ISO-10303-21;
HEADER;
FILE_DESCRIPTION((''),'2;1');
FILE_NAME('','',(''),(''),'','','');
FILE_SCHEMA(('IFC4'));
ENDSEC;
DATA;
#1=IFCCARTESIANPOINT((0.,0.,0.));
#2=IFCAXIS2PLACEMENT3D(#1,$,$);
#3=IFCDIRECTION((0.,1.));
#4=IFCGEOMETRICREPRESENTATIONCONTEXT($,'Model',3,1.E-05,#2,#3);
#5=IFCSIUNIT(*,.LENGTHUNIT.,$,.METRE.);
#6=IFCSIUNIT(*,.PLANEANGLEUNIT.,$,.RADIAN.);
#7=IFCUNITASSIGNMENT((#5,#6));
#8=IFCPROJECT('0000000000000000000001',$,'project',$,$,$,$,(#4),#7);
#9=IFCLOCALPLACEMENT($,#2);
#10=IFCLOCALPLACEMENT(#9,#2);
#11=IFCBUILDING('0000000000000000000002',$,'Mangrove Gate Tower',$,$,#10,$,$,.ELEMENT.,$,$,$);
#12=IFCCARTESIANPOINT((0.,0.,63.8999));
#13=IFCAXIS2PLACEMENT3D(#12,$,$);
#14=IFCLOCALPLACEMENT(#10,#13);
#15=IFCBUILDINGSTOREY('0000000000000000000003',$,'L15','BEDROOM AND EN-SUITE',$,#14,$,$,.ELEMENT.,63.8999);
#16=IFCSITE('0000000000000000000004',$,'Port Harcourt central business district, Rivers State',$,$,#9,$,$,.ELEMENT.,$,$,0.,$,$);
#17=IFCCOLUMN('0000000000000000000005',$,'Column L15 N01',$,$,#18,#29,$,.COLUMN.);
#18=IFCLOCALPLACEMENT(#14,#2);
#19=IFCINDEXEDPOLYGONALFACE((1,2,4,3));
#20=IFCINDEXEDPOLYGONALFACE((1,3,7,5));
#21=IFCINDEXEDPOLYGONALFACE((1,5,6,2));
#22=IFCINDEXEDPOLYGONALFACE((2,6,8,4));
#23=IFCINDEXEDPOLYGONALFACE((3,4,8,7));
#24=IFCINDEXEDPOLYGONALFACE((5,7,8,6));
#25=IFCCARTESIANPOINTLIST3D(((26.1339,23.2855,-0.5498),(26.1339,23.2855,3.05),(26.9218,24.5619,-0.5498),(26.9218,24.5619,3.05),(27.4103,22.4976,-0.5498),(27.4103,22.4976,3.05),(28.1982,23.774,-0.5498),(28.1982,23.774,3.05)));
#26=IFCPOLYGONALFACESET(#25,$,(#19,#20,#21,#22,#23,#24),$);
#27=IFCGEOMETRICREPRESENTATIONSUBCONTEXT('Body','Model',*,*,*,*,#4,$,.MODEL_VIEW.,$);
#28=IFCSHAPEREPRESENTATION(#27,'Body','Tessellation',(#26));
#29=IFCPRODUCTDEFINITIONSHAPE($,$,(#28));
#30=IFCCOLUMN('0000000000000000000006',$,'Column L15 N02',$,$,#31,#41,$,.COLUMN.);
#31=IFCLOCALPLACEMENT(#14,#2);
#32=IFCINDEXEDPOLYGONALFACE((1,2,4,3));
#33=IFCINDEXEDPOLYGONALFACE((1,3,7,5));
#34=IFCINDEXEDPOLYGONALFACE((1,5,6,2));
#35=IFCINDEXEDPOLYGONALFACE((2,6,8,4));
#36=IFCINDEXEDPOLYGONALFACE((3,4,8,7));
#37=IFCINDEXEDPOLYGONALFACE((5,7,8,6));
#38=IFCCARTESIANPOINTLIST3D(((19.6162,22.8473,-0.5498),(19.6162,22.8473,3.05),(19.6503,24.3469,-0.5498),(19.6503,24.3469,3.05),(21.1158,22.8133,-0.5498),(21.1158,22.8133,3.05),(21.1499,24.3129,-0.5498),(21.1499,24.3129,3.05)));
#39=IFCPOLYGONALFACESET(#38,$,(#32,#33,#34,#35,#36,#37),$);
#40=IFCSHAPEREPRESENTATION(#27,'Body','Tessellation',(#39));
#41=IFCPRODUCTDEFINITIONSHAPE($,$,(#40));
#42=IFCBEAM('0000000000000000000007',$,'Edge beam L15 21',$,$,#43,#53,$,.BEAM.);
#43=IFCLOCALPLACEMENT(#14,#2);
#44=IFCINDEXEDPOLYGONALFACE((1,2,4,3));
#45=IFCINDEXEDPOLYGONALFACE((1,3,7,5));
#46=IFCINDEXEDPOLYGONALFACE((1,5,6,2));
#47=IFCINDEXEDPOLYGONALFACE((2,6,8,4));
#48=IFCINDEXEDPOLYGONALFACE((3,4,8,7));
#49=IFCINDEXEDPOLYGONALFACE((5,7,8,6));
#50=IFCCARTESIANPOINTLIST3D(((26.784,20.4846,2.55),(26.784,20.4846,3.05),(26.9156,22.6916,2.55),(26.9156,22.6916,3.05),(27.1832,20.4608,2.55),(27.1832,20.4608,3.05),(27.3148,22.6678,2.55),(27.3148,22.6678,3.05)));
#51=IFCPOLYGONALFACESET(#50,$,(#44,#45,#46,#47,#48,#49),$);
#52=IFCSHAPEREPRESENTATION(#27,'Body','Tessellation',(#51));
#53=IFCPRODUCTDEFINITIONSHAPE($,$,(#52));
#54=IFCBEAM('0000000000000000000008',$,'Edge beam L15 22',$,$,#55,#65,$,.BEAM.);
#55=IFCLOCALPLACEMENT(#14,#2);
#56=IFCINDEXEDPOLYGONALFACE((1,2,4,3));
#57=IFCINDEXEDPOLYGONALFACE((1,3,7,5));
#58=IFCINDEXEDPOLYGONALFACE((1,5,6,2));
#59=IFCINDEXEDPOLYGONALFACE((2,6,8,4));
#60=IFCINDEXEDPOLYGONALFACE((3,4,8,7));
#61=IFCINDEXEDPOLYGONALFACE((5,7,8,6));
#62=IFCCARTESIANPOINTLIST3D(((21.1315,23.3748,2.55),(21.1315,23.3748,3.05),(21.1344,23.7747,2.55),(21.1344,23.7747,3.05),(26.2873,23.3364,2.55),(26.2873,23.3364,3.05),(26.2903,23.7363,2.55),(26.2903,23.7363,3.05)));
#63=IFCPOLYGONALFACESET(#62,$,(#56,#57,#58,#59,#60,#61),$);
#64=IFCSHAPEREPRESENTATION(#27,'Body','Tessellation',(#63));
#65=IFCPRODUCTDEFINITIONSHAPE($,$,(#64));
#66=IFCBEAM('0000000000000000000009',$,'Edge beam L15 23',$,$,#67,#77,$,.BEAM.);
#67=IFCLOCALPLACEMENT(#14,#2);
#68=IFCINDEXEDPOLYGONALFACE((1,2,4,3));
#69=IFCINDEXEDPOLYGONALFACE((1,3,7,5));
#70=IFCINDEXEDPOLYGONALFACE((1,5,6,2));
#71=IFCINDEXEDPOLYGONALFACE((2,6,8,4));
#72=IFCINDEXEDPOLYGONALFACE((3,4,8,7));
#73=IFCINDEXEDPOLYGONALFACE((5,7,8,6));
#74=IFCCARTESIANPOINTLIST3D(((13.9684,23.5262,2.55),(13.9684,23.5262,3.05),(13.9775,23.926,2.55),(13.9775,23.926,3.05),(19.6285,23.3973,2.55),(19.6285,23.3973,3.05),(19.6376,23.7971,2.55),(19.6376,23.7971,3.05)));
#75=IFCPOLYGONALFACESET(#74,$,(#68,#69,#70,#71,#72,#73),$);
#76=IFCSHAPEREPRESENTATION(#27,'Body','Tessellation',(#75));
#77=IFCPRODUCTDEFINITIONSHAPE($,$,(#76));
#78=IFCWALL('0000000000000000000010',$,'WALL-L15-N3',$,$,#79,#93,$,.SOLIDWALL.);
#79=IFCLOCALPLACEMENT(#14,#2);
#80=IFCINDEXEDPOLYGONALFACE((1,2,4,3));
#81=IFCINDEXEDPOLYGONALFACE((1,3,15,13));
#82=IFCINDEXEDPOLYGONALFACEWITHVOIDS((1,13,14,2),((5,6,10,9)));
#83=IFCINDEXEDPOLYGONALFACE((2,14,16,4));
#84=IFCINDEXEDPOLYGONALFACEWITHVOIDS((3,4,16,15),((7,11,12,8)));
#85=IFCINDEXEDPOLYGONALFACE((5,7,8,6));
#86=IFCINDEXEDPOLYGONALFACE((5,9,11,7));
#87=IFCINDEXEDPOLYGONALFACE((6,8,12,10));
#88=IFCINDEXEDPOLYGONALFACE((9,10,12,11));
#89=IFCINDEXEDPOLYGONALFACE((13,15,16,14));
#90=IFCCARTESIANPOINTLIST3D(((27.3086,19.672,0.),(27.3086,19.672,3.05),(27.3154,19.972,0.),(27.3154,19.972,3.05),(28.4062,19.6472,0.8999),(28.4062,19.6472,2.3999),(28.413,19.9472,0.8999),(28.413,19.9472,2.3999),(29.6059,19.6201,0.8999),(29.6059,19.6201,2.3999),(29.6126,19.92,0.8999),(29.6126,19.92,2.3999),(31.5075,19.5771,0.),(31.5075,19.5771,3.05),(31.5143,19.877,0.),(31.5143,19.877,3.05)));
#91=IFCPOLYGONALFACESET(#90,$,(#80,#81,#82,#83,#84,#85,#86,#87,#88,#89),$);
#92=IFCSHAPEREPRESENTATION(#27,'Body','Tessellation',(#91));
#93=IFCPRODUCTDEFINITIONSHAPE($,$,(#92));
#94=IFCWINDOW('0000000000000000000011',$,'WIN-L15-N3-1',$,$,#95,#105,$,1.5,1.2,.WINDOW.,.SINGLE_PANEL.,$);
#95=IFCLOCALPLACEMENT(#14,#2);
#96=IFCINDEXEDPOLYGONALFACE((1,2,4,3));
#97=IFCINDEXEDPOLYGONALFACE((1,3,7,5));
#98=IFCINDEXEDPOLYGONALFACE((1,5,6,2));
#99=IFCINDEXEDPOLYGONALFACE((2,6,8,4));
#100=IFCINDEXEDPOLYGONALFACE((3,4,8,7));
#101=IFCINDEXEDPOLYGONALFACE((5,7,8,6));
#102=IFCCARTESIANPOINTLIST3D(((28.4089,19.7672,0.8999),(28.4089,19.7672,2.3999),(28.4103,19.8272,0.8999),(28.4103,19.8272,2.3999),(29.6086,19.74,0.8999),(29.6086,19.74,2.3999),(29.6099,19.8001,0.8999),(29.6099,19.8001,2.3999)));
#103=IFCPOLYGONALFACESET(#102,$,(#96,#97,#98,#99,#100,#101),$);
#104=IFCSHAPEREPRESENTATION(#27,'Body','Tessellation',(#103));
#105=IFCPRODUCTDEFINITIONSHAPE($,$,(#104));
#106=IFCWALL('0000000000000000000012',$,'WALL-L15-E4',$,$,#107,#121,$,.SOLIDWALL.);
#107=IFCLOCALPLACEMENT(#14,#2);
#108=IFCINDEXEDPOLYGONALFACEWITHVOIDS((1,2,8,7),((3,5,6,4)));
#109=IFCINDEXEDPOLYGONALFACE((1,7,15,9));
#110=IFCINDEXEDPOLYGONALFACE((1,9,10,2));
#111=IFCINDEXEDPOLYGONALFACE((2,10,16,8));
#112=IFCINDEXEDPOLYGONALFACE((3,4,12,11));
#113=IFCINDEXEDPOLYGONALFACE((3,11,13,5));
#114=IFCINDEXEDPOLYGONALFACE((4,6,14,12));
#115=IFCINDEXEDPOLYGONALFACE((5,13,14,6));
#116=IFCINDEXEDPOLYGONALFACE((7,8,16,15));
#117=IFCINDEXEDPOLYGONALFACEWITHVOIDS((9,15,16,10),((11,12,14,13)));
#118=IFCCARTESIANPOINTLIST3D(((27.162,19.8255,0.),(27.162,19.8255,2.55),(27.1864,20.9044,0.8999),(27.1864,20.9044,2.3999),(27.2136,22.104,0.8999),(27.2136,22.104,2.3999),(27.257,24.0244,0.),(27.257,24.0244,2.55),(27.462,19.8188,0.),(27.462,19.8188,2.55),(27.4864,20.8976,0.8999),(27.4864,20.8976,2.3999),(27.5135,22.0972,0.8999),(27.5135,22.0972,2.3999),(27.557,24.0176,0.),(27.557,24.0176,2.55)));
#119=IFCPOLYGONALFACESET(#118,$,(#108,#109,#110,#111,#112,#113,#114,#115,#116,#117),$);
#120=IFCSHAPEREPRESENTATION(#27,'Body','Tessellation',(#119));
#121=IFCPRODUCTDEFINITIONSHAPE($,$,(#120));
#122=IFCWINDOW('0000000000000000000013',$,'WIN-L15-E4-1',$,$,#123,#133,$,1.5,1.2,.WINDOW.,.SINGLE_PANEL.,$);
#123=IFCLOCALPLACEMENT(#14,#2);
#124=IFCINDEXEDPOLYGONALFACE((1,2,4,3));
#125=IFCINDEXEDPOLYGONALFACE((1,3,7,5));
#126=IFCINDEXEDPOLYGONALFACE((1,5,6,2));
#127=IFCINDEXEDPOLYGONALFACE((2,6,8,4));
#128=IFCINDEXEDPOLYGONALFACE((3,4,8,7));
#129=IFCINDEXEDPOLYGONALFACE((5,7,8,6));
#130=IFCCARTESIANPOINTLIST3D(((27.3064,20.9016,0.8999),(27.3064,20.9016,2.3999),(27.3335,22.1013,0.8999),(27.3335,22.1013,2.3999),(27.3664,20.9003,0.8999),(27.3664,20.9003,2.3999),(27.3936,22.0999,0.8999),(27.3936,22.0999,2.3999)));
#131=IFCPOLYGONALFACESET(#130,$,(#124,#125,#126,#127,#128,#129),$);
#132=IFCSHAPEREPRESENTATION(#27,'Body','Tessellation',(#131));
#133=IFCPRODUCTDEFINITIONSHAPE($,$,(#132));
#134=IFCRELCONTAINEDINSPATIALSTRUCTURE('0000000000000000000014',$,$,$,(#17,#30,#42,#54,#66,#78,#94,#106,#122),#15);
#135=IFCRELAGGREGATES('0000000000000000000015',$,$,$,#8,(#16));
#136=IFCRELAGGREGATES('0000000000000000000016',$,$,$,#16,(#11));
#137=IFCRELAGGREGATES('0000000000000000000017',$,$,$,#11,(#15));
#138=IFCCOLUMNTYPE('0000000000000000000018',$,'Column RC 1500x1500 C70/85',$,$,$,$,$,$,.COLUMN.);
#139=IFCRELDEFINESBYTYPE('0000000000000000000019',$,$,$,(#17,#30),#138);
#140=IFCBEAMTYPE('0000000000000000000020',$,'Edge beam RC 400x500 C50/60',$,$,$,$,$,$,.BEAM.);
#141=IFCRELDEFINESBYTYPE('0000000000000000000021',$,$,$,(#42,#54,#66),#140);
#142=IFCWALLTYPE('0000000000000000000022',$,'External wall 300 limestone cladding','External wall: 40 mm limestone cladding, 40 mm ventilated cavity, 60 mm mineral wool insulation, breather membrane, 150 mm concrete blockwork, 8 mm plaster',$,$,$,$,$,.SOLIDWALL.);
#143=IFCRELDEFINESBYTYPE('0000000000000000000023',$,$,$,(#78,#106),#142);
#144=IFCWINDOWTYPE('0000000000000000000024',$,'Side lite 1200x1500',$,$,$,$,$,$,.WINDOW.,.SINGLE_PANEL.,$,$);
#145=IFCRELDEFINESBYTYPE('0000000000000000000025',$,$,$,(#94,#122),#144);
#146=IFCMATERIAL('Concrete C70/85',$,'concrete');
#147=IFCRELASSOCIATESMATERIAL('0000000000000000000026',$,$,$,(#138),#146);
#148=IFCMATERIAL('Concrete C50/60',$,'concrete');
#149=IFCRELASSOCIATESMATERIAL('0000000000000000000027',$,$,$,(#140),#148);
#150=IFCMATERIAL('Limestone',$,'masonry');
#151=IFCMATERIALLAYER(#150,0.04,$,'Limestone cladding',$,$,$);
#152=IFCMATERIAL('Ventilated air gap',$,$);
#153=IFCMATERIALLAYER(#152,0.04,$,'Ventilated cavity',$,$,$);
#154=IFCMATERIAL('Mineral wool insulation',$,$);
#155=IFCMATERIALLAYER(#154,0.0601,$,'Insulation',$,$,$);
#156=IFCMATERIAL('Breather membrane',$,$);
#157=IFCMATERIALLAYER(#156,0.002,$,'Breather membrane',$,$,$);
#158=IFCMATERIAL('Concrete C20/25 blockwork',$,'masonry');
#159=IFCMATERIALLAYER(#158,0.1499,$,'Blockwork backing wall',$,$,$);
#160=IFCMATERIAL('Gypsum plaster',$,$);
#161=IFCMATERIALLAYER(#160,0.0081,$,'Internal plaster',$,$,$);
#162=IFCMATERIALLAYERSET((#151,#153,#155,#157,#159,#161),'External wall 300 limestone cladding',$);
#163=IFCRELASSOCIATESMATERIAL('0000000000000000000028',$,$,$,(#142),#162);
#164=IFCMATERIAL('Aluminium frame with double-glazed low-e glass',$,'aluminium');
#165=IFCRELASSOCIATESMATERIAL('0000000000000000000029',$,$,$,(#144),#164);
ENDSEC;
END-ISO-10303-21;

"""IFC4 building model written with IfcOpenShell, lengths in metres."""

from ifc_helpers import new_model, si_unit, direction, frame, frame_2d, origin, origin_2d, place, context, subcontext, project, spatial, rectangle, extrude, material, layer, layer_set, material_profile, profile_set, type_object, element, fill, save


model = new_model("IFC4")

# Units and contexts
model_context = context("Model", 3, precision=1e-05, world=origin(), true_north=direction((0.0, 1.0)))
body_context = subcontext(model_context, "Body", "Model", "MODEL_VIEW")
ifc_project = project(units=[si_unit("LENGTHUNIT", "METRE"), si_unit("PLANEANGLEUNIT", "RADIAN")], contexts=[model_context])

# Site, building, storey
site_placement = place(None, origin())
site = spatial("IfcSite", under=ifc_project, at=site_placement, Name="Port Harcourt central business district, Rivers State", CompositionType="ELEMENT", RefElevation=0.0)
building_placement = place(site_placement, origin())
building = spatial("IfcBuilding", under=site, at=building_placement, Name="Mangrove Gate Tower", CompositionType="ELEMENT")
storey_placement = place(building_placement, frame((0.0, 0.0, 63.8999)))
storey = spatial("IfcBuildingStorey", under=building, at=storey_placement, Name="L15", Description="BEDROOM AND EN-SUITE", CompositionType="ELEMENT", Elevation=63.8999)

# Columns
ifc_material_1 = material(Name="Concrete C70/85", Category="concrete")
ifc_material_profile_1 = material_profile(ifc_material_1, rectangle(XDim=1.5, YDim=1.5, at=origin_2d()))
ifc_profile_set_1 = profile_set([ifc_material_profile_1], Name="Concrete C70/85")
column_type = type_object("IfcColumnType", Name="Column RC 1500x1500 C70/85", PredefinedType="COLUMN", material=ifc_profile_set_1)
for number, where, z_axis, x_axis, name in (
    (1, (27.166, 23.5298, -0.5498), (0.0, 0.0, 1.0), (-0.850942, 0.52526, 0.0), "Column L15 N01"),
    (2, (20.3831, 23.5801, -0.5498), (0.0, 0.0, 1.0), (-0.999743, 0.02269, 0.0), "Column L15 N02"),
):
    element("IfcColumn", number, at=place(storey_placement, frame(where, z_axis=z_axis, x_axis=x_axis)), inside=storey, type_object=column_type, Name=name, PredefinedType="COLUMN", context=body_context, shape_type="SweptSolid", body=[
        extrude(rectangle(XDim=1.5, YDim=1.5, at=origin_2d()), origin(), (0.0, 0.0, 1.0), 3.5999),
    ])

# Beams
ifc_material_2 = material(Name="Concrete C50/60", Category="concrete")
ifc_material_profile_2 = material_profile(ifc_material_2, rectangle(XDim=0.3999, YDim=0.5, at=origin_2d()))
ifc_profile_set_2 = profile_set([ifc_material_profile_2], Name="Concrete C50/60")
beam_type = type_object("IfcBeamType", Name="Edge beam RC 400x500 C50/60", PredefinedType="BEAM", material=ifc_profile_set_2)
beam_1_placement = place(storey_placement, frame((26.9836, 20.4727, 2.8), z_axis=(0.059518, 0.998227, 0.0), x_axis=(-0.998227, 0.059518, 0.0)))
element("IfcBeam", 3, at=beam_1_placement, inside=storey, type_object=beam_type, Name="Edge beam L15 21", PredefinedType="BEAM", context=body_context, shape_type="SweptSolid", body=[
    extrude(rectangle(XDim=0.3999, YDim=0.5, at=origin_2d()), origin(), (0.0, 0.0, 1.0), 2.2109),
])
beam_2_placement = place(storey_placement, frame((26.2888, 23.5364, 2.8), z_axis=(-0.999972, 0.007434, 0.0), x_axis=(-0.007434, -0.999972, 0.0)))
element("IfcBeam", 4, at=beam_2_placement, inside=storey, type_object=beam_type, Name="Edge beam L15 22", PredefinedType="BEAM", context=body_context, shape_type="SweptSolid", body=[
    extrude(rectangle(XDim=0.3999, YDim=0.5, at=origin_2d()), origin(), (0.0, 0.0, 1.0), 5.156),
])
beam_3_placement = place(storey_placement, frame((19.6331, 23.5972, 2.8), z_axis=(-0.999741, 0.022768, 0.0), x_axis=(-0.022768, -0.999741, 0.0)))
element("IfcBeam", 5, at=beam_3_placement, inside=storey, type_object=beam_type, Name="Edge beam L15 23", PredefinedType="BEAM", context=body_context, shape_type="SweptSolid", body=[
    extrude(rectangle(XDim=0.3999, YDim=0.5, at=origin_2d()), origin(), (0.0, 0.0, 1.0), 5.6616),
])

# Walls, openings, windows
ifc_material_3 = material(Name="Limestone", Category="masonry")
ifc_layer_1 = layer(ifc_material_3, 0.04, Name="Limestone cladding")
ifc_material_4 = material(Name="Ventilated air gap")
ifc_layer_2 = layer(ifc_material_4, 0.04, Name="Ventilated cavity")
ifc_material_5 = material(Name="Mineral wool insulation")
ifc_layer_3 = layer(ifc_material_5, 0.0601, Name="Insulation")
ifc_material_6 = material(Name="Breather membrane")
ifc_layer_4 = layer(ifc_material_6, 0.002, Name="Breather membrane")
ifc_material_7 = material(Name="Concrete C20/25 blockwork", Category="masonry")
ifc_layer_5 = layer(ifc_material_7, 0.1499, Name="Blockwork backing wall")
ifc_material_8 = material(Name="Gypsum plaster")
ifc_layer_6 = layer(ifc_material_8, 0.0081, Name="Internal plaster")
ifc_layer_set = layer_set([ifc_layer_1, ifc_layer_2, ifc_layer_3, ifc_layer_4, ifc_layer_5, ifc_layer_6], Name="External wall 300 limestone cladding")
wall_type = type_object("IfcWallType", Name="External wall 300 limestone cladding", Description="External wall: 40 mm limestone cladding, 40 mm ventilated cavity, 60 mm mineral wool insulation, breather membrane, 150 mm concrete blockwork, 8 mm plaster", PredefinedType="SOLIDWALL", material=ifc_layer_set)
wall_1_placement = place(storey_placement, frame((31.511, 19.7271, 0.0), z_axis=(0.0, 0.0, 1.0), x_axis=(-0.999744, 0.022612, 0.0)))
wall_1 = element("IfcWall", 6, at=wall_1_placement, inside=storey, type_object=wall_type, Name="WALL-L15-N3", PredefinedType="SOLIDWALL", context=body_context, shape_type="SweptSolid", body=[
    extrude(rectangle(XDim=4.2, YDim=0.3, at=frame_2d((2.1001, 0.0))), origin(), (0.0, 0.0, 1.0), 3.05),
])
opening_1_placement = place(wall_1_placement, frame((1.9021, 0.0, 0.8999)))
opening_1 = element("IfcOpeningElement", 7, at=opening_1_placement, cuts=wall_1, PredefinedType="OPENING", context=body_context, shape_type="SweptSolid", body=[
    extrude(rectangle(XDim=1.2, YDim=1.5, at=frame_2d((0.6001, 0.75))), frame((0.0, 0.1599, 0.0), z_axis=(0.0, -1.0, 0.0), x_axis=(1.0, 0.0, 0.0)), (0.0, 0.0, 1.0), 0.3201),
])
ifc_material_9 = material(Name="Aluminium frame with double-glazed low-e glass", Category="aluminium")
window_type_1 = type_object("IfcWindowType", Name="Side lite 1200x1500", PartitioningType="SINGLE_PANEL", PredefinedType="WINDOW", material=ifc_material_9)
window_1_placement = place(opening_1_placement, origin())
window_1 = element("IfcWindow", 8, at=window_1_placement, inside=storey, type_object=window_type_1, Name="WIN-L15-N3-1", OverallHeight=1.5, OverallWidth=1.2, PartitioningType="SINGLE_PANEL", PredefinedType="WINDOW", context=body_context, shape_type="SweptSolid", body=[
    extrude(rectangle(XDim=1.2, YDim=1.5, at=frame_2d((0.6001, 0.75))), frame((0.0, 0.03, 0.0), z_axis=(0.0, -1.0, 0.0), x_axis=(1.0, 0.0, 0.0)), (0.0, 0.0, 1.0), 0.0601),
])
fill(opening_1, window_1)
wall_2_placement = place(storey_placement, frame((27.312, 19.822, 0.0), z_axis=(0.0, 0.0, 1.0), x_axis=(0.022612, 0.999744, 0.0)))
wall_2 = element("IfcWall", 9, at=wall_2_placement, inside=storey, type_object=wall_type, Name="WALL-L15-E4", PredefinedType="SOLIDWALL", context=body_context, shape_type="SweptSolid", body=[
    extrude(rectangle(XDim=4.2, YDim=0.3, at=frame_2d((2.1001, 0.0))), origin(), (0.0, 0.0, 1.0), 2.55),
])
opening_2_placement = place(wall_2_placement, frame((1.0791, 0.0, 0.8999)))
opening_2 = element("IfcOpeningElement", 10, at=opening_2_placement, cuts=wall_2, PredefinedType="OPENING", context=body_context, shape_type="SweptSolid", body=[
    extrude(rectangle(XDim=1.2, YDim=1.5, at=frame_2d((0.6001, 0.75))), frame((0.0, 0.1599, 0.0), z_axis=(0.0, -1.0, 0.0), x_axis=(1.0, 0.0, 0.0)), (0.0, 0.0, 1.0), 0.3201),
])
window_2_placement = place(opening_2_placement, origin())
window_2 = element("IfcWindow", 11, at=window_2_placement, inside=storey, type_object=window_type_1, Name="WIN-L15-E4-1", OverallHeight=1.5, OverallWidth=1.2, PartitioningType="SINGLE_PANEL", PredefinedType="WINDOW", context=body_context, shape_type="SweptSolid", body=[
    extrude(rectangle(XDim=1.2, YDim=1.5, at=frame_2d((0.6001, 0.75))), frame((0.0, 0.03, 0.0), z_axis=(0.0, -1.0, 0.0), x_axis=(1.0, 0.0, 0.0)), (0.0, 0.0, 1.0), 0.0601),
])
fill(opening_2, window_2)

save(model, "model.ifc")
